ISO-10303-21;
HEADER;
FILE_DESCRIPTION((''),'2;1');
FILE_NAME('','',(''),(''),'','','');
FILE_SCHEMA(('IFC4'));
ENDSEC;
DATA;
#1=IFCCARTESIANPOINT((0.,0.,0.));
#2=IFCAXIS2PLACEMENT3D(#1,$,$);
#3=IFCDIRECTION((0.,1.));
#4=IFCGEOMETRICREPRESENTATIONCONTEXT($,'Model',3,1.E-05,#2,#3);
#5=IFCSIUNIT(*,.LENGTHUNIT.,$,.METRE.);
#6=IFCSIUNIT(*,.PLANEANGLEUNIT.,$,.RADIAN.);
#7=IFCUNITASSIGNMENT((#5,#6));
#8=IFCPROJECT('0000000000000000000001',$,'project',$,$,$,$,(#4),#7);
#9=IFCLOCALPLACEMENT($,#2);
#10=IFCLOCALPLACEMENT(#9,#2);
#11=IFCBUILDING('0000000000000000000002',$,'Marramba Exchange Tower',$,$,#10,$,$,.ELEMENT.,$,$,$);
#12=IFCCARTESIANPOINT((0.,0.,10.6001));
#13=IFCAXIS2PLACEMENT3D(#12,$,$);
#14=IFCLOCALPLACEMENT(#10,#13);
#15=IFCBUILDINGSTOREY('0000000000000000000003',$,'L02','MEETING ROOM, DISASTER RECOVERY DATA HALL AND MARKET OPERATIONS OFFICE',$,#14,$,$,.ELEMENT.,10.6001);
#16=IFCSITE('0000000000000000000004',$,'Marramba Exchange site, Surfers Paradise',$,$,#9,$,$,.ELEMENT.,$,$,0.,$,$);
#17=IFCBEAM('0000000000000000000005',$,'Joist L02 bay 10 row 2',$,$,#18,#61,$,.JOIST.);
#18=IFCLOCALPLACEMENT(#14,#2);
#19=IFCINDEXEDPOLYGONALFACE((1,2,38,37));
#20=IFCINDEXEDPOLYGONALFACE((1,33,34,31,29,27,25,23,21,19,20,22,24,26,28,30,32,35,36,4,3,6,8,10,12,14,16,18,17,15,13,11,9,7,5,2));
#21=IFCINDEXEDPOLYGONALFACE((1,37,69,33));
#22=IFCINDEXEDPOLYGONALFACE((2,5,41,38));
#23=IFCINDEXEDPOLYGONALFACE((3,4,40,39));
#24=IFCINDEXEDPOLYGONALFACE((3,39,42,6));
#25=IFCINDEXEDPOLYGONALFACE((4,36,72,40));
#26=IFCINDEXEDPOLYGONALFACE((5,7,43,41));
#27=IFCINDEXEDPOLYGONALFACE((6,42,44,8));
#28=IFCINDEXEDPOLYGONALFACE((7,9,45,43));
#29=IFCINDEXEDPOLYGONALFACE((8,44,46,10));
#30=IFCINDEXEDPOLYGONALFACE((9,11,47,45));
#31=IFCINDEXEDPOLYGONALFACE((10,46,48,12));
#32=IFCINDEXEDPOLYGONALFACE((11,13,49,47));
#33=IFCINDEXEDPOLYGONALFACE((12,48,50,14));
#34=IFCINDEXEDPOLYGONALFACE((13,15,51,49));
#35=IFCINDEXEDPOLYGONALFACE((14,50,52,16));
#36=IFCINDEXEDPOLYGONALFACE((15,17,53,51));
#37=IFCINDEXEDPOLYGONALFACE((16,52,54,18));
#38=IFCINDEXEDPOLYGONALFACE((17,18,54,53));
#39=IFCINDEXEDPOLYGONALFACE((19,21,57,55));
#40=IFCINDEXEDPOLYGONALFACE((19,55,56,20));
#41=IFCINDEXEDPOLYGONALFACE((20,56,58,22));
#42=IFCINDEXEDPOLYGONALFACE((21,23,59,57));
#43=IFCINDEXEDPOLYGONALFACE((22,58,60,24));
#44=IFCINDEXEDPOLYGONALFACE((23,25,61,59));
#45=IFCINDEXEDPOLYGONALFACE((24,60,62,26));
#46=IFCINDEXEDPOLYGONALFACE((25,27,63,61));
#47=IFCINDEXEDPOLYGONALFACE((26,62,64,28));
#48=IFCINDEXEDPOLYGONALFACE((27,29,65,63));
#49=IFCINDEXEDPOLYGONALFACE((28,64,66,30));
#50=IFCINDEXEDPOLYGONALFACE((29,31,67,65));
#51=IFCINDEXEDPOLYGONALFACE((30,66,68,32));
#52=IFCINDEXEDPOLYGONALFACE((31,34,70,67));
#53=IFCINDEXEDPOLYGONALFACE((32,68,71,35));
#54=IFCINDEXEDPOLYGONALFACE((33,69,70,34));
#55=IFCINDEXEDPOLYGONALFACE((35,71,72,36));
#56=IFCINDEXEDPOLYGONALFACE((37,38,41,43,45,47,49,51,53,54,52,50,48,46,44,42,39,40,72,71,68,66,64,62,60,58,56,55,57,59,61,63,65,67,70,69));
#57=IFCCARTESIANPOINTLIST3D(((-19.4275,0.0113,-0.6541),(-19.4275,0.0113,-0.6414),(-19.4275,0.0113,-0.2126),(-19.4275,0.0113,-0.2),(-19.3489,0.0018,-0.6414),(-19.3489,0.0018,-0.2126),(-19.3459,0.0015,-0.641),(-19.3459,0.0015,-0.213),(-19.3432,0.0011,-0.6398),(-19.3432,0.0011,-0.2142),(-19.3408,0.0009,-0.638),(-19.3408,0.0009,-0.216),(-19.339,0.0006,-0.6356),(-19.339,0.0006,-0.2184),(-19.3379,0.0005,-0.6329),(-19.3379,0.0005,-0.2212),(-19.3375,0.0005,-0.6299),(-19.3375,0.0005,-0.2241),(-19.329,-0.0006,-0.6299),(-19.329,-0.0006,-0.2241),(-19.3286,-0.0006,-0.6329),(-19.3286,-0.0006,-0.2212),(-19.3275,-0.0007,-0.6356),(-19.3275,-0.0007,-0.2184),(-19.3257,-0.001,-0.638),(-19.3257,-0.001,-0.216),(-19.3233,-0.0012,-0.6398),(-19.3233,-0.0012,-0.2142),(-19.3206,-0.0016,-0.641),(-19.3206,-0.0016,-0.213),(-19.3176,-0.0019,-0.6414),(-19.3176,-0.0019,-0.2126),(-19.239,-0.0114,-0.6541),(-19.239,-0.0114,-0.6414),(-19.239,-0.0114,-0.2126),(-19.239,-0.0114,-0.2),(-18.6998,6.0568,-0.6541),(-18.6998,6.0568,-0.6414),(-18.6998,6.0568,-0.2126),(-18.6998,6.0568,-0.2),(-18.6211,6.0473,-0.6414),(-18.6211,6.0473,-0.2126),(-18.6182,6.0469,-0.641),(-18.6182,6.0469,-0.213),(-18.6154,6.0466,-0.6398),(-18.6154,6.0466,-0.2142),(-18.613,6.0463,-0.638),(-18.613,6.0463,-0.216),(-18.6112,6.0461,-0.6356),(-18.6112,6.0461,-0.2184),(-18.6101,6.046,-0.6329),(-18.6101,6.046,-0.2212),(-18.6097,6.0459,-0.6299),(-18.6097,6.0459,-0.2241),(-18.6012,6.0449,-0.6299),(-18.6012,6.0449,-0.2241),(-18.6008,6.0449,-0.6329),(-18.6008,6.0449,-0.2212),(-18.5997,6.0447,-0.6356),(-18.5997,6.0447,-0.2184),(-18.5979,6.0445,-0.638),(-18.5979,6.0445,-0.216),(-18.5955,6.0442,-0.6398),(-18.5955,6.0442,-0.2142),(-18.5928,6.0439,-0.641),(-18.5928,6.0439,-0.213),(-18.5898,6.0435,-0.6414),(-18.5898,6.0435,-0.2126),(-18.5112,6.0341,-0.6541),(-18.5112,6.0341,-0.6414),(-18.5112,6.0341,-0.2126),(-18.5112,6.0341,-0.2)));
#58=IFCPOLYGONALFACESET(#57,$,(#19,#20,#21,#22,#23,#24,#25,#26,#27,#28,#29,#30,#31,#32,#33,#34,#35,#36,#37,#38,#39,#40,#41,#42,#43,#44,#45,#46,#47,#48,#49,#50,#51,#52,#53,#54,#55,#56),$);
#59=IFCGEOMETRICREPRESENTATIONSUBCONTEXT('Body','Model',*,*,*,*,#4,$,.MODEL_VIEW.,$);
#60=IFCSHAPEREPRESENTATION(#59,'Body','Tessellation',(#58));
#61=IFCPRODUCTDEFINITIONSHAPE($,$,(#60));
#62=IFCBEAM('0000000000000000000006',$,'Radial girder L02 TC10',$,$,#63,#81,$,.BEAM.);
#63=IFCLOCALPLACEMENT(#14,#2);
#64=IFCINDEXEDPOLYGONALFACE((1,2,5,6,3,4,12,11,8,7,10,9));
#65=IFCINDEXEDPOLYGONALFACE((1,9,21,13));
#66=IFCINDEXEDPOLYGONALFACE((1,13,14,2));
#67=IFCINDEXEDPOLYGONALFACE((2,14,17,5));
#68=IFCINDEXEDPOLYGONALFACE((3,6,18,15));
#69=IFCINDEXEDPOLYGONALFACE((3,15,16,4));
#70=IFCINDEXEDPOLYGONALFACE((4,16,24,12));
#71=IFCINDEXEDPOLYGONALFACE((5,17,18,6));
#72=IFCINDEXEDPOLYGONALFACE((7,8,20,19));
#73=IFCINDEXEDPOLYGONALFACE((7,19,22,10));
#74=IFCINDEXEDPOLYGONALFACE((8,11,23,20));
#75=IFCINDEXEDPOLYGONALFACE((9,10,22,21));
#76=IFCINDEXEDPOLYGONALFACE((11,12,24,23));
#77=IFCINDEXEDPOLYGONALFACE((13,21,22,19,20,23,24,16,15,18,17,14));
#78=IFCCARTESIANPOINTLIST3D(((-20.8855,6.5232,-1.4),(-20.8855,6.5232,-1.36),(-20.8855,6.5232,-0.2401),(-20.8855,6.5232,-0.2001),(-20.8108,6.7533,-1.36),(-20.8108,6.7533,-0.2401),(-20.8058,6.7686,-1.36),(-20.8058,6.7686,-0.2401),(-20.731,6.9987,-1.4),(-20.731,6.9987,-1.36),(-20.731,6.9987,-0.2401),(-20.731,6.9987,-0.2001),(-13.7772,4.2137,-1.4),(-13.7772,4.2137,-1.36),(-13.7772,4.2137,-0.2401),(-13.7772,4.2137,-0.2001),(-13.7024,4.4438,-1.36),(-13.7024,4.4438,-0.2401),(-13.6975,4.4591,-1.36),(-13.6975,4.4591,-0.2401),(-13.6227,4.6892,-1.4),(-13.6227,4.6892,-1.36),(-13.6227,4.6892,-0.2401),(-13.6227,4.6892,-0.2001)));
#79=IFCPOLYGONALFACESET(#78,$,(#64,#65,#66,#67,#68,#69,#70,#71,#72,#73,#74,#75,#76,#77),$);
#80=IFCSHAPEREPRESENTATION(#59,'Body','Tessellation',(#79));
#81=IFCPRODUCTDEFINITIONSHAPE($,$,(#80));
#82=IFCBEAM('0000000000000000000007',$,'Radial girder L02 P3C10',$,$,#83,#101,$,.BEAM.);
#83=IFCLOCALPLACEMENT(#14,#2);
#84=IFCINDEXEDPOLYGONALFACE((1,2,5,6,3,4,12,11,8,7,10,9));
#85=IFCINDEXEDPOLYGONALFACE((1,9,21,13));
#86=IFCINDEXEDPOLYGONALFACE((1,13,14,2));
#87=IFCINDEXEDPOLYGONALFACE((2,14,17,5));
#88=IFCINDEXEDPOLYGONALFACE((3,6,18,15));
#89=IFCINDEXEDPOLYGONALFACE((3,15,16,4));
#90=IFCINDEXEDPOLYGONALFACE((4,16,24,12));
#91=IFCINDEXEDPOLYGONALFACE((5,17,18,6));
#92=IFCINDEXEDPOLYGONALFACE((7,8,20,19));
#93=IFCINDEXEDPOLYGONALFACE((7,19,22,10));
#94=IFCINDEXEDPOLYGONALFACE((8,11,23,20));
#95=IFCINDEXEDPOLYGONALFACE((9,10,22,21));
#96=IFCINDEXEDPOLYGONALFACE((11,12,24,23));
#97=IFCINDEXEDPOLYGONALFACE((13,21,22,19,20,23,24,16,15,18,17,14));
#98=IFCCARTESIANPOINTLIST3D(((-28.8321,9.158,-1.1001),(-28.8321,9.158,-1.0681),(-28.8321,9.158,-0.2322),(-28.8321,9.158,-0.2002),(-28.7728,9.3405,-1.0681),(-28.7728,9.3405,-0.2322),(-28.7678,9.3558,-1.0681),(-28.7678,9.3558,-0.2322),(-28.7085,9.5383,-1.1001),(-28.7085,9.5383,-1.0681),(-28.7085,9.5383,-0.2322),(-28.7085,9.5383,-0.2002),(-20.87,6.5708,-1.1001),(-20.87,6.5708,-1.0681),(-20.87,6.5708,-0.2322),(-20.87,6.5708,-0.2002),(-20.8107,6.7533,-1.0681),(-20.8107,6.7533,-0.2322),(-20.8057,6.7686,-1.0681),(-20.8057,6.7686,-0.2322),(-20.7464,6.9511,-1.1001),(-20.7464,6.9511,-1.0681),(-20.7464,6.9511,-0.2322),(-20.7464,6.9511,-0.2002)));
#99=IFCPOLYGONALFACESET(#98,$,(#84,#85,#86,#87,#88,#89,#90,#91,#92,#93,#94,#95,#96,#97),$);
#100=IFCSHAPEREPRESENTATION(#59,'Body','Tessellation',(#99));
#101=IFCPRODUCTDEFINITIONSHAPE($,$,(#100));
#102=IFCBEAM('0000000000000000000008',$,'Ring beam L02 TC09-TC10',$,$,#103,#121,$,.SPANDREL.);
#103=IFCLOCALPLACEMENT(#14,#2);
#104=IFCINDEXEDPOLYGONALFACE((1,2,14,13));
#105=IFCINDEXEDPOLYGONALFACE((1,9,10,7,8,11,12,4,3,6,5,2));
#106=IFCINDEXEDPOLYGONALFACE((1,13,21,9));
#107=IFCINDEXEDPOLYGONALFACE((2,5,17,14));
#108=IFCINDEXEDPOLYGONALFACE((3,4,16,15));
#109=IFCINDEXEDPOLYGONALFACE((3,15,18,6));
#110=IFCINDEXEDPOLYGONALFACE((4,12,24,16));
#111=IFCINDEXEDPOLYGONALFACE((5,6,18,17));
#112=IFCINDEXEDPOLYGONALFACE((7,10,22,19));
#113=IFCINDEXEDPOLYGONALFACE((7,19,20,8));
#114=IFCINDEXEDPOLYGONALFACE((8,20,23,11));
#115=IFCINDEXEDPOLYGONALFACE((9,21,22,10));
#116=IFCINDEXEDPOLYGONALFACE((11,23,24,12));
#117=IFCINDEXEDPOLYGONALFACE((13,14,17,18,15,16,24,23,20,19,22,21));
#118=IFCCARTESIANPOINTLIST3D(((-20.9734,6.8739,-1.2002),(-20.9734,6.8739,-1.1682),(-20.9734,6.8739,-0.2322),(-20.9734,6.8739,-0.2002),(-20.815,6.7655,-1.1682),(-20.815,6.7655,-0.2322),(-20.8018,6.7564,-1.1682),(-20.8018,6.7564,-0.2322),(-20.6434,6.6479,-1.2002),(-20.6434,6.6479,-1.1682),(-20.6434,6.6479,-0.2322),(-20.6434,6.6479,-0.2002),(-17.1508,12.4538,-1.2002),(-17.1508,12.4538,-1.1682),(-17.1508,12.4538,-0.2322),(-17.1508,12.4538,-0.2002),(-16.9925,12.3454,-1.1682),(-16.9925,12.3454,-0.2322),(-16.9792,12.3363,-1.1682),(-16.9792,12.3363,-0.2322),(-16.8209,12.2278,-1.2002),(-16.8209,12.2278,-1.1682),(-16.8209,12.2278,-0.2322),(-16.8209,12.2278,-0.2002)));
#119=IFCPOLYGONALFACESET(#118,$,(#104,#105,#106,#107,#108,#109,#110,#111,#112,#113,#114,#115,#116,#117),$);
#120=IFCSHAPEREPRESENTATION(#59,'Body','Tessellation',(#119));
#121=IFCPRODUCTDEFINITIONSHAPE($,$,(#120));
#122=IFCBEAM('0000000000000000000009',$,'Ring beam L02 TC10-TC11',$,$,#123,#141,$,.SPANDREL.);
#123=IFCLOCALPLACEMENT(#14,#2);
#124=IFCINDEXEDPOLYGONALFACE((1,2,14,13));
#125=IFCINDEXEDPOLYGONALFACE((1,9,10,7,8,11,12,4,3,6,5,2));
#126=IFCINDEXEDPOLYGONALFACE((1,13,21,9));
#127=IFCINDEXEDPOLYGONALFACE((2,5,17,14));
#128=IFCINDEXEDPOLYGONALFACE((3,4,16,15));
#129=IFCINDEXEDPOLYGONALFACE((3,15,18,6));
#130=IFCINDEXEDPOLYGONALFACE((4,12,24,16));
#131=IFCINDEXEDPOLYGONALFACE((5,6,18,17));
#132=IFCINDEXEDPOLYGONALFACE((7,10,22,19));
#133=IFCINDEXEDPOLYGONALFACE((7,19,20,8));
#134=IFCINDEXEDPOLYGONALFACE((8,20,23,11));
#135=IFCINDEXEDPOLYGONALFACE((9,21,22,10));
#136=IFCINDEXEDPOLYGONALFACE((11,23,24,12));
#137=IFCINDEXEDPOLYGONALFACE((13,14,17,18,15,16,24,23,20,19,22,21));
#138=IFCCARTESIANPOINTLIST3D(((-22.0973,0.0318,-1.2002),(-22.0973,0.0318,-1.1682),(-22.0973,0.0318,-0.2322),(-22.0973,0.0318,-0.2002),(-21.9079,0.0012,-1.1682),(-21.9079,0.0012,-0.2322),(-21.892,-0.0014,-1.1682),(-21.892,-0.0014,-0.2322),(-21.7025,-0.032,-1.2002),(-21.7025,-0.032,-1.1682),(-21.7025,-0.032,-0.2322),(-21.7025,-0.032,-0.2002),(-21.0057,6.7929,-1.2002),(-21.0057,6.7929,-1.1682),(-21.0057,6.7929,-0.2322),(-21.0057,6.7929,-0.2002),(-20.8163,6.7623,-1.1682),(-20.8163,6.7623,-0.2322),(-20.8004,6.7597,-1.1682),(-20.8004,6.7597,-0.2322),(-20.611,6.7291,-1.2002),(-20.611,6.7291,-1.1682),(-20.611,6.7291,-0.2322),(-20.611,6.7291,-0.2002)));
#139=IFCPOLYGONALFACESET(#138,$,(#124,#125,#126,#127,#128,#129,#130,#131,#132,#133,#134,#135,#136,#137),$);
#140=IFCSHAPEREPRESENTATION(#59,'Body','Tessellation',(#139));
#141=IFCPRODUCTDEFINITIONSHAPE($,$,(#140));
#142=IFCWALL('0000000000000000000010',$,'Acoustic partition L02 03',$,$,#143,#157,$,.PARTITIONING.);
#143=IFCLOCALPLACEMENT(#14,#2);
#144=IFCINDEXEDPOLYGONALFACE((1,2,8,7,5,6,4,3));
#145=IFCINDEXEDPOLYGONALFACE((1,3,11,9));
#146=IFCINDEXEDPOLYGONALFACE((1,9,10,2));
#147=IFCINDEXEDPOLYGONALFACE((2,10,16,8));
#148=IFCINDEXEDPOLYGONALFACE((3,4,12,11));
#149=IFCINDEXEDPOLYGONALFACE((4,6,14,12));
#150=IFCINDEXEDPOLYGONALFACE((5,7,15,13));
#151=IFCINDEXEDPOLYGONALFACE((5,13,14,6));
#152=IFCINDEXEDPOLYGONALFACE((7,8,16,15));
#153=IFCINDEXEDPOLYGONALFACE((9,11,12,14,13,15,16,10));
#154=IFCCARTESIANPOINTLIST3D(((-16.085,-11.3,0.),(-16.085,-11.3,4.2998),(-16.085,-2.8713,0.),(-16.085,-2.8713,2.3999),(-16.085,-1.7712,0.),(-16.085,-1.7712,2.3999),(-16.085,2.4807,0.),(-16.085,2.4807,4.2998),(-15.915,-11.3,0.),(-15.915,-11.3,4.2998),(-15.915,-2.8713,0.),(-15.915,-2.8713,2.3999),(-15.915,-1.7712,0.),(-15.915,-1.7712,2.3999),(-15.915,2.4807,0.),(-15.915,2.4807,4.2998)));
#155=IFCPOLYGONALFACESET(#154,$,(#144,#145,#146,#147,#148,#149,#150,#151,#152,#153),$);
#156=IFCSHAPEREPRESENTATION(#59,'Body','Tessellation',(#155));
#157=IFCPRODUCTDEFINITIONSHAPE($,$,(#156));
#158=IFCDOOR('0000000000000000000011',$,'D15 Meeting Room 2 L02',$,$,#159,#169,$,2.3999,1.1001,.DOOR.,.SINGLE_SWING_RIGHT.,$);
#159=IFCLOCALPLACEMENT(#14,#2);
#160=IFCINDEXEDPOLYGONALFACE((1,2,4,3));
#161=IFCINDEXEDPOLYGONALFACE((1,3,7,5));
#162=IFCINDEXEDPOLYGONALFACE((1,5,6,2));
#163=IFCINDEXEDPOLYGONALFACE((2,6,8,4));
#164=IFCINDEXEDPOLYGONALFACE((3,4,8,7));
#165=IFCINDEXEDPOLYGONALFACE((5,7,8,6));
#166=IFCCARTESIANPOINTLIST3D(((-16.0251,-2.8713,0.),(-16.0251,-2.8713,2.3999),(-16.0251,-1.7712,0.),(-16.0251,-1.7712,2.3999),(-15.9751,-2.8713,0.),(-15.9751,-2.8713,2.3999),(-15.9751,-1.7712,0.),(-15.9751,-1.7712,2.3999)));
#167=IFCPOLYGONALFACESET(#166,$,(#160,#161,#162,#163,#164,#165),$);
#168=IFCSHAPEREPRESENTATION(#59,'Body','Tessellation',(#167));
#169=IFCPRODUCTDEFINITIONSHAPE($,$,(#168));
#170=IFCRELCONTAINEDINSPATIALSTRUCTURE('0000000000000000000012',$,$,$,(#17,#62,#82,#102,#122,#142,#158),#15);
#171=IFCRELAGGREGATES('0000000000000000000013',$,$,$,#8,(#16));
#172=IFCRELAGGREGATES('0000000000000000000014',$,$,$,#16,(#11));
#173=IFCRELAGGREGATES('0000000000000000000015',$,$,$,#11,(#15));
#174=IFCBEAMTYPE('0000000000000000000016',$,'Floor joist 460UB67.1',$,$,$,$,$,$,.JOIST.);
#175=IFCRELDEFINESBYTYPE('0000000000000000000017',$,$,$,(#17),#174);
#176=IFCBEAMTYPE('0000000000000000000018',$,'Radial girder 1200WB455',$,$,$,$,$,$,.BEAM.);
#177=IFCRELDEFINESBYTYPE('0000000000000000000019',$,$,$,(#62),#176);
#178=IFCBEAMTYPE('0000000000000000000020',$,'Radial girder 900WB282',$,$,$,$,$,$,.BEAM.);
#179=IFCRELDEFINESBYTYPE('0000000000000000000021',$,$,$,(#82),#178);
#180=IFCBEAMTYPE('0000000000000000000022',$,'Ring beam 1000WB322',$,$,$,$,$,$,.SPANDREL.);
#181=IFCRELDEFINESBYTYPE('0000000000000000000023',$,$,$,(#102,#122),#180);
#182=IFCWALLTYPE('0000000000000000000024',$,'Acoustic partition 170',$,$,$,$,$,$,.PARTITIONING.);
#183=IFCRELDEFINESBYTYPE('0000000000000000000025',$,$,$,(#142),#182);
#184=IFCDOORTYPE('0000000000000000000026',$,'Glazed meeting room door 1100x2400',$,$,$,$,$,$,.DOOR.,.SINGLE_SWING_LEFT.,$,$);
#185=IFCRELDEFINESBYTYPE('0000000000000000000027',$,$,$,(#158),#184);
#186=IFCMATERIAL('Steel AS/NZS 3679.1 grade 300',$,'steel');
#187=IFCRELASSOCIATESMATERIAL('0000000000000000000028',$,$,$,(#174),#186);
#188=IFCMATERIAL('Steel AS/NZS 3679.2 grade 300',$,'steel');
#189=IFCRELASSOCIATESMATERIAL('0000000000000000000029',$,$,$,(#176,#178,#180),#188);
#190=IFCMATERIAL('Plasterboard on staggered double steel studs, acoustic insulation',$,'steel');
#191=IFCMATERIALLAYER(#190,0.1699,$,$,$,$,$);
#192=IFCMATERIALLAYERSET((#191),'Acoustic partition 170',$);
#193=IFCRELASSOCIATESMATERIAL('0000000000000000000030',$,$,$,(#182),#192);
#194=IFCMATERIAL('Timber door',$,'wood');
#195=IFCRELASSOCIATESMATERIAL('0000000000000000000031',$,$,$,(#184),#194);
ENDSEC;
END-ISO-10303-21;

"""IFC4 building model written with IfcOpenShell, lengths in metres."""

from ifc_helpers import new_model, si_unit, direction, frame, frame_2d, origin, origin_2d, place, context, subcontext, project, spatial, rectangle, i_section, extrude, material, layer, layer_set, material_profile, profile_set, type_object, element, fill, save


model = new_model("IFC4")

# Units and contexts
model_context = context("Model", 3, precision=1e-05, world=origin(), true_north=direction((0.0, 1.0)))
body_context = subcontext(model_context, "Body", "Model", "MODEL_VIEW")
ifc_project = project(units=[si_unit("LENGTHUNIT", "METRE"), si_unit("PLANEANGLEUNIT", "RADIAN")], contexts=[model_context])

# Site, building, storey
site_placement = place(None, origin())
site = spatial("IfcSite", under=ifc_project, at=site_placement, Name="Marramba Exchange site, Surfers Paradise", CompositionType="ELEMENT", RefElevation=0.0)
building_placement = place(site_placement, origin())
building = spatial("IfcBuilding", under=site, at=building_placement, Name="Marramba Exchange Tower", CompositionType="ELEMENT")
storey_placement = place(building_placement, frame((0.0, 0.0, 10.6001)))
storey = spatial("IfcBuildingStorey", under=building, at=storey_placement, Name="L02", Description="MEETING ROOM, DISASTER RECOVERY DATA HALL AND MARKET OPERATIONS OFFICE", CompositionType="ELEMENT", Elevation=10.6001)

# Beams
ifc_material_1 = material(Name="Steel AS/NZS 3679.1 grade 300", Category="steel")
ifc_material_profile_1 = material_profile(ifc_material_1, i_section(OverallWidth=0.1899, OverallDepth=0.4541, WebThickness=0.0085, FlangeThickness=0.0127, FilletRadius=0.0115, at=origin_2d()), Name="460UB67.1")
ifc_profile_set_1 = profile_set([ifc_material_profile_1], Name="Steel AS/NZS 3679.1 grade 300")
beam_type_1 = type_object("IfcBeamType", Name="Floor joist 460UB67.1", PredefinedType="JOIST", material=ifc_profile_set_1)
beam_1_placement = place(storey_placement, frame((-18.6055, 6.0454, -0.427), z_axis=(-0.119523, -0.992831, 0.0), x_axis=(0.992831, -0.119523, 0.0)))
element("IfcBeam", 1, at=beam_1_placement, inside=storey, type_object=beam_type_1, Name="Joist L02 bay 10 row 2", PredefinedType="JOIST", context=body_context, shape_type="SweptSolid", body=[
    extrude(i_section(OverallWidth=0.1899, OverallDepth=0.4541, WebThickness=0.0085, FlangeThickness=0.0127, FilletRadius=0.0115, at=origin_2d()), origin(), (0.0, 0.0, 1.0), 6.0891),
])
ifc_material_2 = material(Name="Steel AS/NZS 3679.2 grade 300", Category="steel")
ifc_material_profile_2 = material_profile(ifc_material_2, i_section(OverallWidth=0.5, OverallDepth=1.2, WebThickness=0.0161, FlangeThickness=0.04, at=origin_2d()), Name="1200WB455")
ifc_profile_set_2 = profile_set([ifc_material_profile_2], Name="Steel AS/NZS 3679.2 grade 300")
beam_type_2 = type_object("IfcBeamType", Name="Radial girder 1200WB455", PredefinedType="BEAM", material=ifc_profile_set_2)
beam_2_placement = place(storey_placement, frame((-13.7, 4.4514, -0.8), z_axis=(-0.95106, 0.309006, 0.0), x_axis=(-0.309006, -0.95106, 0.0)))
element("IfcBeam", 2, at=beam_2_placement, inside=storey, type_object=beam_type_2, Name="Radial girder L02 TC10", PredefinedType="BEAM", context=body_context, shape_type="SweptSolid", body=[
    extrude(i_section(OverallWidth=0.5, OverallDepth=1.2, WebThickness=0.0161, FlangeThickness=0.04, at=origin_2d()), origin(), (0.0, 0.0, 1.0), 7.4741),
])
ifc_material_profile_3 = material_profile(ifc_material_2, i_section(OverallWidth=0.3999, OverallDepth=0.8999, WebThickness=0.0161, FlangeThickness=0.032, at=origin_2d()), Name="900WB282")
ifc_profile_set_3 = profile_set([ifc_material_profile_3], Name="Steel AS/NZS 3679.2 grade 300")
beam_type_3 = type_object("IfcBeamType", Name="Radial girder 900WB282", PredefinedType="BEAM", material=ifc_profile_set_3)
beam_3_placement = place(storey_placement, frame((-28.7703, 9.3481, -0.6501), z_axis=(0.95105, -0.309036, 0.0), x_axis=(0.309036, 0.95105, 0.0)))
element("IfcBeam", 3, at=beam_3_placement, inside=storey, type_object=beam_type_3, Name="Radial girder L02 P3C10", PredefinedType="BEAM", context=body_context, shape_type="SweptSolid", body=[
    extrude(i_section(OverallWidth=0.3999, OverallDepth=0.8999, WebThickness=0.0161, FlangeThickness=0.032, at=origin_2d()), origin(), (0.0, 0.0, 1.0), 8.3718),
])
ifc_material_profile_4 = material_profile(ifc_material_2, i_section(OverallWidth=0.3999, OverallDepth=1.0, WebThickness=0.0161, FlangeThickness=0.032, at=origin_2d()), Name="1000WB322")
ifc_profile_set_4 = profile_set([ifc_material_profile_4], Name="Steel AS/NZS 3679.2 grade 300")
beam_type_4 = type_object("IfcBeamType", Name="Ring beam 1000WB322", PredefinedType="SPANDREL", material=ifc_profile_set_4)
beam_4_placement = place(storey_placement, frame((-16.9858, 12.3408, -0.7002), z_axis=(-0.56516, -0.824981, 0.0), x_axis=(0.824981, -0.56516, 0.0)))
element("IfcBeam", 4, at=beam_4_placement, inside=storey, type_object=beam_type_4, Name="Ring beam L02 TC09-TC10", PredefinedType="SPANDREL", context=body_context, shape_type="SweptSolid", body=[
    extrude(i_section(OverallWidth=0.3999, OverallDepth=1.0, WebThickness=0.0161, FlangeThickness=0.032, at=origin_2d()), origin(), (0.0, 0.0, 1.0), 6.7637),
])
beam_5_placement = place(storey_placement, frame((-20.8083, 6.761, -0.7002), z_axis=(-0.159385, -0.987217, 0.0), x_axis=(0.987217, -0.159385, 0.0)))
element("IfcBeam", 5, at=beam_5_placement, inside=storey, type_object=beam_type_4, Name="Ring beam L02 TC10-TC11", PredefinedType="SPANDREL", context=body_context, shape_type="SweptSolid", body=[
    extrude(i_section(OverallWidth=0.3999, OverallDepth=1.0, WebThickness=0.0161, FlangeThickness=0.032, at=origin_2d()), origin(), (0.0, 0.0, 1.0), 6.8486),
])

# Wall, opening, door
ifc_material_3 = material(Name="Plasterboard on staggered double steel studs, acoustic insulation", Category="steel")
ifc_layer_1 = layer(ifc_material_3, 0.1699)
ifc_layer_set_1 = layer_set([ifc_layer_1], Name="Acoustic partition 170")
wall_type_1 = type_object("IfcWallType", Name="Acoustic partition 170", PredefinedType="PARTITIONING", material=ifc_layer_set_1)
wall_1_placement = place(storey_placement, frame((-16.0, 2.4807, 0.0), z_axis=(0.0, 0.0, 1.0), x_axis=(0.0, -1.0, 0.0)))
wall_1 = element("IfcWall", 6, at=wall_1_placement, inside=storey, type_object=wall_type_1, Name="Acoustic partition L02 03", PredefinedType="PARTITIONING", context=body_context, shape_type="SweptSolid", body=[
    extrude(rectangle(XDim=13.7808, YDim=0.1699, at=frame_2d((6.8904, 0.0))), origin(), (0.0, 0.0, 1.0), 4.2998),
])
opening_1_placement = place(wall_1_placement, frame((4.252, 0.0, 0.0)))
opening_1 = element("IfcOpeningElement", 7, at=opening_1_placement, cuts=wall_1, PredefinedType="OPENING", context=body_context, shape_type="SweptSolid", body=[
    extrude(rectangle(XDim=1.1001, YDim=2.3999, at=frame_2d((0.55, 1.2))), frame((0.0, 0.095, 0.0), z_axis=(0.0, -1.0, 0.0), x_axis=(1.0, 0.0, 0.0)), (0.0, 0.0, 1.0), 0.1899),
])
ifc_material_4 = material(Name="Timber door", Category="wood")
door_type_1 = type_object("IfcDoorType", Name="Glazed meeting room door 1100x2400", OperationType="SINGLE_SWING_LEFT", PredefinedType="DOOR", material=ifc_material_4)
door_1_placement = place(opening_1_placement, origin())
door_1 = element("IfcDoor", 8, at=door_1_placement, inside=storey, type_object=door_type_1, Name="D15 Meeting Room 2 L02", OperationType="SINGLE_SWING_RIGHT", OverallHeight=2.3999, OverallWidth=1.1001, PredefinedType="DOOR", context=body_context, shape_type="SweptSolid", body=[
    extrude(rectangle(XDim=1.1001, YDim=2.3999, at=frame_2d((0.55, 1.2))), frame((0.0, 0.0249, 0.0), z_axis=(0.0, -1.0, 0.0), x_axis=(1.0, 0.0, 0.0)), (0.0, 0.0, 1.0), 0.05),
])
fill(opening_1, door_1)

save(model, "model.ifc")
